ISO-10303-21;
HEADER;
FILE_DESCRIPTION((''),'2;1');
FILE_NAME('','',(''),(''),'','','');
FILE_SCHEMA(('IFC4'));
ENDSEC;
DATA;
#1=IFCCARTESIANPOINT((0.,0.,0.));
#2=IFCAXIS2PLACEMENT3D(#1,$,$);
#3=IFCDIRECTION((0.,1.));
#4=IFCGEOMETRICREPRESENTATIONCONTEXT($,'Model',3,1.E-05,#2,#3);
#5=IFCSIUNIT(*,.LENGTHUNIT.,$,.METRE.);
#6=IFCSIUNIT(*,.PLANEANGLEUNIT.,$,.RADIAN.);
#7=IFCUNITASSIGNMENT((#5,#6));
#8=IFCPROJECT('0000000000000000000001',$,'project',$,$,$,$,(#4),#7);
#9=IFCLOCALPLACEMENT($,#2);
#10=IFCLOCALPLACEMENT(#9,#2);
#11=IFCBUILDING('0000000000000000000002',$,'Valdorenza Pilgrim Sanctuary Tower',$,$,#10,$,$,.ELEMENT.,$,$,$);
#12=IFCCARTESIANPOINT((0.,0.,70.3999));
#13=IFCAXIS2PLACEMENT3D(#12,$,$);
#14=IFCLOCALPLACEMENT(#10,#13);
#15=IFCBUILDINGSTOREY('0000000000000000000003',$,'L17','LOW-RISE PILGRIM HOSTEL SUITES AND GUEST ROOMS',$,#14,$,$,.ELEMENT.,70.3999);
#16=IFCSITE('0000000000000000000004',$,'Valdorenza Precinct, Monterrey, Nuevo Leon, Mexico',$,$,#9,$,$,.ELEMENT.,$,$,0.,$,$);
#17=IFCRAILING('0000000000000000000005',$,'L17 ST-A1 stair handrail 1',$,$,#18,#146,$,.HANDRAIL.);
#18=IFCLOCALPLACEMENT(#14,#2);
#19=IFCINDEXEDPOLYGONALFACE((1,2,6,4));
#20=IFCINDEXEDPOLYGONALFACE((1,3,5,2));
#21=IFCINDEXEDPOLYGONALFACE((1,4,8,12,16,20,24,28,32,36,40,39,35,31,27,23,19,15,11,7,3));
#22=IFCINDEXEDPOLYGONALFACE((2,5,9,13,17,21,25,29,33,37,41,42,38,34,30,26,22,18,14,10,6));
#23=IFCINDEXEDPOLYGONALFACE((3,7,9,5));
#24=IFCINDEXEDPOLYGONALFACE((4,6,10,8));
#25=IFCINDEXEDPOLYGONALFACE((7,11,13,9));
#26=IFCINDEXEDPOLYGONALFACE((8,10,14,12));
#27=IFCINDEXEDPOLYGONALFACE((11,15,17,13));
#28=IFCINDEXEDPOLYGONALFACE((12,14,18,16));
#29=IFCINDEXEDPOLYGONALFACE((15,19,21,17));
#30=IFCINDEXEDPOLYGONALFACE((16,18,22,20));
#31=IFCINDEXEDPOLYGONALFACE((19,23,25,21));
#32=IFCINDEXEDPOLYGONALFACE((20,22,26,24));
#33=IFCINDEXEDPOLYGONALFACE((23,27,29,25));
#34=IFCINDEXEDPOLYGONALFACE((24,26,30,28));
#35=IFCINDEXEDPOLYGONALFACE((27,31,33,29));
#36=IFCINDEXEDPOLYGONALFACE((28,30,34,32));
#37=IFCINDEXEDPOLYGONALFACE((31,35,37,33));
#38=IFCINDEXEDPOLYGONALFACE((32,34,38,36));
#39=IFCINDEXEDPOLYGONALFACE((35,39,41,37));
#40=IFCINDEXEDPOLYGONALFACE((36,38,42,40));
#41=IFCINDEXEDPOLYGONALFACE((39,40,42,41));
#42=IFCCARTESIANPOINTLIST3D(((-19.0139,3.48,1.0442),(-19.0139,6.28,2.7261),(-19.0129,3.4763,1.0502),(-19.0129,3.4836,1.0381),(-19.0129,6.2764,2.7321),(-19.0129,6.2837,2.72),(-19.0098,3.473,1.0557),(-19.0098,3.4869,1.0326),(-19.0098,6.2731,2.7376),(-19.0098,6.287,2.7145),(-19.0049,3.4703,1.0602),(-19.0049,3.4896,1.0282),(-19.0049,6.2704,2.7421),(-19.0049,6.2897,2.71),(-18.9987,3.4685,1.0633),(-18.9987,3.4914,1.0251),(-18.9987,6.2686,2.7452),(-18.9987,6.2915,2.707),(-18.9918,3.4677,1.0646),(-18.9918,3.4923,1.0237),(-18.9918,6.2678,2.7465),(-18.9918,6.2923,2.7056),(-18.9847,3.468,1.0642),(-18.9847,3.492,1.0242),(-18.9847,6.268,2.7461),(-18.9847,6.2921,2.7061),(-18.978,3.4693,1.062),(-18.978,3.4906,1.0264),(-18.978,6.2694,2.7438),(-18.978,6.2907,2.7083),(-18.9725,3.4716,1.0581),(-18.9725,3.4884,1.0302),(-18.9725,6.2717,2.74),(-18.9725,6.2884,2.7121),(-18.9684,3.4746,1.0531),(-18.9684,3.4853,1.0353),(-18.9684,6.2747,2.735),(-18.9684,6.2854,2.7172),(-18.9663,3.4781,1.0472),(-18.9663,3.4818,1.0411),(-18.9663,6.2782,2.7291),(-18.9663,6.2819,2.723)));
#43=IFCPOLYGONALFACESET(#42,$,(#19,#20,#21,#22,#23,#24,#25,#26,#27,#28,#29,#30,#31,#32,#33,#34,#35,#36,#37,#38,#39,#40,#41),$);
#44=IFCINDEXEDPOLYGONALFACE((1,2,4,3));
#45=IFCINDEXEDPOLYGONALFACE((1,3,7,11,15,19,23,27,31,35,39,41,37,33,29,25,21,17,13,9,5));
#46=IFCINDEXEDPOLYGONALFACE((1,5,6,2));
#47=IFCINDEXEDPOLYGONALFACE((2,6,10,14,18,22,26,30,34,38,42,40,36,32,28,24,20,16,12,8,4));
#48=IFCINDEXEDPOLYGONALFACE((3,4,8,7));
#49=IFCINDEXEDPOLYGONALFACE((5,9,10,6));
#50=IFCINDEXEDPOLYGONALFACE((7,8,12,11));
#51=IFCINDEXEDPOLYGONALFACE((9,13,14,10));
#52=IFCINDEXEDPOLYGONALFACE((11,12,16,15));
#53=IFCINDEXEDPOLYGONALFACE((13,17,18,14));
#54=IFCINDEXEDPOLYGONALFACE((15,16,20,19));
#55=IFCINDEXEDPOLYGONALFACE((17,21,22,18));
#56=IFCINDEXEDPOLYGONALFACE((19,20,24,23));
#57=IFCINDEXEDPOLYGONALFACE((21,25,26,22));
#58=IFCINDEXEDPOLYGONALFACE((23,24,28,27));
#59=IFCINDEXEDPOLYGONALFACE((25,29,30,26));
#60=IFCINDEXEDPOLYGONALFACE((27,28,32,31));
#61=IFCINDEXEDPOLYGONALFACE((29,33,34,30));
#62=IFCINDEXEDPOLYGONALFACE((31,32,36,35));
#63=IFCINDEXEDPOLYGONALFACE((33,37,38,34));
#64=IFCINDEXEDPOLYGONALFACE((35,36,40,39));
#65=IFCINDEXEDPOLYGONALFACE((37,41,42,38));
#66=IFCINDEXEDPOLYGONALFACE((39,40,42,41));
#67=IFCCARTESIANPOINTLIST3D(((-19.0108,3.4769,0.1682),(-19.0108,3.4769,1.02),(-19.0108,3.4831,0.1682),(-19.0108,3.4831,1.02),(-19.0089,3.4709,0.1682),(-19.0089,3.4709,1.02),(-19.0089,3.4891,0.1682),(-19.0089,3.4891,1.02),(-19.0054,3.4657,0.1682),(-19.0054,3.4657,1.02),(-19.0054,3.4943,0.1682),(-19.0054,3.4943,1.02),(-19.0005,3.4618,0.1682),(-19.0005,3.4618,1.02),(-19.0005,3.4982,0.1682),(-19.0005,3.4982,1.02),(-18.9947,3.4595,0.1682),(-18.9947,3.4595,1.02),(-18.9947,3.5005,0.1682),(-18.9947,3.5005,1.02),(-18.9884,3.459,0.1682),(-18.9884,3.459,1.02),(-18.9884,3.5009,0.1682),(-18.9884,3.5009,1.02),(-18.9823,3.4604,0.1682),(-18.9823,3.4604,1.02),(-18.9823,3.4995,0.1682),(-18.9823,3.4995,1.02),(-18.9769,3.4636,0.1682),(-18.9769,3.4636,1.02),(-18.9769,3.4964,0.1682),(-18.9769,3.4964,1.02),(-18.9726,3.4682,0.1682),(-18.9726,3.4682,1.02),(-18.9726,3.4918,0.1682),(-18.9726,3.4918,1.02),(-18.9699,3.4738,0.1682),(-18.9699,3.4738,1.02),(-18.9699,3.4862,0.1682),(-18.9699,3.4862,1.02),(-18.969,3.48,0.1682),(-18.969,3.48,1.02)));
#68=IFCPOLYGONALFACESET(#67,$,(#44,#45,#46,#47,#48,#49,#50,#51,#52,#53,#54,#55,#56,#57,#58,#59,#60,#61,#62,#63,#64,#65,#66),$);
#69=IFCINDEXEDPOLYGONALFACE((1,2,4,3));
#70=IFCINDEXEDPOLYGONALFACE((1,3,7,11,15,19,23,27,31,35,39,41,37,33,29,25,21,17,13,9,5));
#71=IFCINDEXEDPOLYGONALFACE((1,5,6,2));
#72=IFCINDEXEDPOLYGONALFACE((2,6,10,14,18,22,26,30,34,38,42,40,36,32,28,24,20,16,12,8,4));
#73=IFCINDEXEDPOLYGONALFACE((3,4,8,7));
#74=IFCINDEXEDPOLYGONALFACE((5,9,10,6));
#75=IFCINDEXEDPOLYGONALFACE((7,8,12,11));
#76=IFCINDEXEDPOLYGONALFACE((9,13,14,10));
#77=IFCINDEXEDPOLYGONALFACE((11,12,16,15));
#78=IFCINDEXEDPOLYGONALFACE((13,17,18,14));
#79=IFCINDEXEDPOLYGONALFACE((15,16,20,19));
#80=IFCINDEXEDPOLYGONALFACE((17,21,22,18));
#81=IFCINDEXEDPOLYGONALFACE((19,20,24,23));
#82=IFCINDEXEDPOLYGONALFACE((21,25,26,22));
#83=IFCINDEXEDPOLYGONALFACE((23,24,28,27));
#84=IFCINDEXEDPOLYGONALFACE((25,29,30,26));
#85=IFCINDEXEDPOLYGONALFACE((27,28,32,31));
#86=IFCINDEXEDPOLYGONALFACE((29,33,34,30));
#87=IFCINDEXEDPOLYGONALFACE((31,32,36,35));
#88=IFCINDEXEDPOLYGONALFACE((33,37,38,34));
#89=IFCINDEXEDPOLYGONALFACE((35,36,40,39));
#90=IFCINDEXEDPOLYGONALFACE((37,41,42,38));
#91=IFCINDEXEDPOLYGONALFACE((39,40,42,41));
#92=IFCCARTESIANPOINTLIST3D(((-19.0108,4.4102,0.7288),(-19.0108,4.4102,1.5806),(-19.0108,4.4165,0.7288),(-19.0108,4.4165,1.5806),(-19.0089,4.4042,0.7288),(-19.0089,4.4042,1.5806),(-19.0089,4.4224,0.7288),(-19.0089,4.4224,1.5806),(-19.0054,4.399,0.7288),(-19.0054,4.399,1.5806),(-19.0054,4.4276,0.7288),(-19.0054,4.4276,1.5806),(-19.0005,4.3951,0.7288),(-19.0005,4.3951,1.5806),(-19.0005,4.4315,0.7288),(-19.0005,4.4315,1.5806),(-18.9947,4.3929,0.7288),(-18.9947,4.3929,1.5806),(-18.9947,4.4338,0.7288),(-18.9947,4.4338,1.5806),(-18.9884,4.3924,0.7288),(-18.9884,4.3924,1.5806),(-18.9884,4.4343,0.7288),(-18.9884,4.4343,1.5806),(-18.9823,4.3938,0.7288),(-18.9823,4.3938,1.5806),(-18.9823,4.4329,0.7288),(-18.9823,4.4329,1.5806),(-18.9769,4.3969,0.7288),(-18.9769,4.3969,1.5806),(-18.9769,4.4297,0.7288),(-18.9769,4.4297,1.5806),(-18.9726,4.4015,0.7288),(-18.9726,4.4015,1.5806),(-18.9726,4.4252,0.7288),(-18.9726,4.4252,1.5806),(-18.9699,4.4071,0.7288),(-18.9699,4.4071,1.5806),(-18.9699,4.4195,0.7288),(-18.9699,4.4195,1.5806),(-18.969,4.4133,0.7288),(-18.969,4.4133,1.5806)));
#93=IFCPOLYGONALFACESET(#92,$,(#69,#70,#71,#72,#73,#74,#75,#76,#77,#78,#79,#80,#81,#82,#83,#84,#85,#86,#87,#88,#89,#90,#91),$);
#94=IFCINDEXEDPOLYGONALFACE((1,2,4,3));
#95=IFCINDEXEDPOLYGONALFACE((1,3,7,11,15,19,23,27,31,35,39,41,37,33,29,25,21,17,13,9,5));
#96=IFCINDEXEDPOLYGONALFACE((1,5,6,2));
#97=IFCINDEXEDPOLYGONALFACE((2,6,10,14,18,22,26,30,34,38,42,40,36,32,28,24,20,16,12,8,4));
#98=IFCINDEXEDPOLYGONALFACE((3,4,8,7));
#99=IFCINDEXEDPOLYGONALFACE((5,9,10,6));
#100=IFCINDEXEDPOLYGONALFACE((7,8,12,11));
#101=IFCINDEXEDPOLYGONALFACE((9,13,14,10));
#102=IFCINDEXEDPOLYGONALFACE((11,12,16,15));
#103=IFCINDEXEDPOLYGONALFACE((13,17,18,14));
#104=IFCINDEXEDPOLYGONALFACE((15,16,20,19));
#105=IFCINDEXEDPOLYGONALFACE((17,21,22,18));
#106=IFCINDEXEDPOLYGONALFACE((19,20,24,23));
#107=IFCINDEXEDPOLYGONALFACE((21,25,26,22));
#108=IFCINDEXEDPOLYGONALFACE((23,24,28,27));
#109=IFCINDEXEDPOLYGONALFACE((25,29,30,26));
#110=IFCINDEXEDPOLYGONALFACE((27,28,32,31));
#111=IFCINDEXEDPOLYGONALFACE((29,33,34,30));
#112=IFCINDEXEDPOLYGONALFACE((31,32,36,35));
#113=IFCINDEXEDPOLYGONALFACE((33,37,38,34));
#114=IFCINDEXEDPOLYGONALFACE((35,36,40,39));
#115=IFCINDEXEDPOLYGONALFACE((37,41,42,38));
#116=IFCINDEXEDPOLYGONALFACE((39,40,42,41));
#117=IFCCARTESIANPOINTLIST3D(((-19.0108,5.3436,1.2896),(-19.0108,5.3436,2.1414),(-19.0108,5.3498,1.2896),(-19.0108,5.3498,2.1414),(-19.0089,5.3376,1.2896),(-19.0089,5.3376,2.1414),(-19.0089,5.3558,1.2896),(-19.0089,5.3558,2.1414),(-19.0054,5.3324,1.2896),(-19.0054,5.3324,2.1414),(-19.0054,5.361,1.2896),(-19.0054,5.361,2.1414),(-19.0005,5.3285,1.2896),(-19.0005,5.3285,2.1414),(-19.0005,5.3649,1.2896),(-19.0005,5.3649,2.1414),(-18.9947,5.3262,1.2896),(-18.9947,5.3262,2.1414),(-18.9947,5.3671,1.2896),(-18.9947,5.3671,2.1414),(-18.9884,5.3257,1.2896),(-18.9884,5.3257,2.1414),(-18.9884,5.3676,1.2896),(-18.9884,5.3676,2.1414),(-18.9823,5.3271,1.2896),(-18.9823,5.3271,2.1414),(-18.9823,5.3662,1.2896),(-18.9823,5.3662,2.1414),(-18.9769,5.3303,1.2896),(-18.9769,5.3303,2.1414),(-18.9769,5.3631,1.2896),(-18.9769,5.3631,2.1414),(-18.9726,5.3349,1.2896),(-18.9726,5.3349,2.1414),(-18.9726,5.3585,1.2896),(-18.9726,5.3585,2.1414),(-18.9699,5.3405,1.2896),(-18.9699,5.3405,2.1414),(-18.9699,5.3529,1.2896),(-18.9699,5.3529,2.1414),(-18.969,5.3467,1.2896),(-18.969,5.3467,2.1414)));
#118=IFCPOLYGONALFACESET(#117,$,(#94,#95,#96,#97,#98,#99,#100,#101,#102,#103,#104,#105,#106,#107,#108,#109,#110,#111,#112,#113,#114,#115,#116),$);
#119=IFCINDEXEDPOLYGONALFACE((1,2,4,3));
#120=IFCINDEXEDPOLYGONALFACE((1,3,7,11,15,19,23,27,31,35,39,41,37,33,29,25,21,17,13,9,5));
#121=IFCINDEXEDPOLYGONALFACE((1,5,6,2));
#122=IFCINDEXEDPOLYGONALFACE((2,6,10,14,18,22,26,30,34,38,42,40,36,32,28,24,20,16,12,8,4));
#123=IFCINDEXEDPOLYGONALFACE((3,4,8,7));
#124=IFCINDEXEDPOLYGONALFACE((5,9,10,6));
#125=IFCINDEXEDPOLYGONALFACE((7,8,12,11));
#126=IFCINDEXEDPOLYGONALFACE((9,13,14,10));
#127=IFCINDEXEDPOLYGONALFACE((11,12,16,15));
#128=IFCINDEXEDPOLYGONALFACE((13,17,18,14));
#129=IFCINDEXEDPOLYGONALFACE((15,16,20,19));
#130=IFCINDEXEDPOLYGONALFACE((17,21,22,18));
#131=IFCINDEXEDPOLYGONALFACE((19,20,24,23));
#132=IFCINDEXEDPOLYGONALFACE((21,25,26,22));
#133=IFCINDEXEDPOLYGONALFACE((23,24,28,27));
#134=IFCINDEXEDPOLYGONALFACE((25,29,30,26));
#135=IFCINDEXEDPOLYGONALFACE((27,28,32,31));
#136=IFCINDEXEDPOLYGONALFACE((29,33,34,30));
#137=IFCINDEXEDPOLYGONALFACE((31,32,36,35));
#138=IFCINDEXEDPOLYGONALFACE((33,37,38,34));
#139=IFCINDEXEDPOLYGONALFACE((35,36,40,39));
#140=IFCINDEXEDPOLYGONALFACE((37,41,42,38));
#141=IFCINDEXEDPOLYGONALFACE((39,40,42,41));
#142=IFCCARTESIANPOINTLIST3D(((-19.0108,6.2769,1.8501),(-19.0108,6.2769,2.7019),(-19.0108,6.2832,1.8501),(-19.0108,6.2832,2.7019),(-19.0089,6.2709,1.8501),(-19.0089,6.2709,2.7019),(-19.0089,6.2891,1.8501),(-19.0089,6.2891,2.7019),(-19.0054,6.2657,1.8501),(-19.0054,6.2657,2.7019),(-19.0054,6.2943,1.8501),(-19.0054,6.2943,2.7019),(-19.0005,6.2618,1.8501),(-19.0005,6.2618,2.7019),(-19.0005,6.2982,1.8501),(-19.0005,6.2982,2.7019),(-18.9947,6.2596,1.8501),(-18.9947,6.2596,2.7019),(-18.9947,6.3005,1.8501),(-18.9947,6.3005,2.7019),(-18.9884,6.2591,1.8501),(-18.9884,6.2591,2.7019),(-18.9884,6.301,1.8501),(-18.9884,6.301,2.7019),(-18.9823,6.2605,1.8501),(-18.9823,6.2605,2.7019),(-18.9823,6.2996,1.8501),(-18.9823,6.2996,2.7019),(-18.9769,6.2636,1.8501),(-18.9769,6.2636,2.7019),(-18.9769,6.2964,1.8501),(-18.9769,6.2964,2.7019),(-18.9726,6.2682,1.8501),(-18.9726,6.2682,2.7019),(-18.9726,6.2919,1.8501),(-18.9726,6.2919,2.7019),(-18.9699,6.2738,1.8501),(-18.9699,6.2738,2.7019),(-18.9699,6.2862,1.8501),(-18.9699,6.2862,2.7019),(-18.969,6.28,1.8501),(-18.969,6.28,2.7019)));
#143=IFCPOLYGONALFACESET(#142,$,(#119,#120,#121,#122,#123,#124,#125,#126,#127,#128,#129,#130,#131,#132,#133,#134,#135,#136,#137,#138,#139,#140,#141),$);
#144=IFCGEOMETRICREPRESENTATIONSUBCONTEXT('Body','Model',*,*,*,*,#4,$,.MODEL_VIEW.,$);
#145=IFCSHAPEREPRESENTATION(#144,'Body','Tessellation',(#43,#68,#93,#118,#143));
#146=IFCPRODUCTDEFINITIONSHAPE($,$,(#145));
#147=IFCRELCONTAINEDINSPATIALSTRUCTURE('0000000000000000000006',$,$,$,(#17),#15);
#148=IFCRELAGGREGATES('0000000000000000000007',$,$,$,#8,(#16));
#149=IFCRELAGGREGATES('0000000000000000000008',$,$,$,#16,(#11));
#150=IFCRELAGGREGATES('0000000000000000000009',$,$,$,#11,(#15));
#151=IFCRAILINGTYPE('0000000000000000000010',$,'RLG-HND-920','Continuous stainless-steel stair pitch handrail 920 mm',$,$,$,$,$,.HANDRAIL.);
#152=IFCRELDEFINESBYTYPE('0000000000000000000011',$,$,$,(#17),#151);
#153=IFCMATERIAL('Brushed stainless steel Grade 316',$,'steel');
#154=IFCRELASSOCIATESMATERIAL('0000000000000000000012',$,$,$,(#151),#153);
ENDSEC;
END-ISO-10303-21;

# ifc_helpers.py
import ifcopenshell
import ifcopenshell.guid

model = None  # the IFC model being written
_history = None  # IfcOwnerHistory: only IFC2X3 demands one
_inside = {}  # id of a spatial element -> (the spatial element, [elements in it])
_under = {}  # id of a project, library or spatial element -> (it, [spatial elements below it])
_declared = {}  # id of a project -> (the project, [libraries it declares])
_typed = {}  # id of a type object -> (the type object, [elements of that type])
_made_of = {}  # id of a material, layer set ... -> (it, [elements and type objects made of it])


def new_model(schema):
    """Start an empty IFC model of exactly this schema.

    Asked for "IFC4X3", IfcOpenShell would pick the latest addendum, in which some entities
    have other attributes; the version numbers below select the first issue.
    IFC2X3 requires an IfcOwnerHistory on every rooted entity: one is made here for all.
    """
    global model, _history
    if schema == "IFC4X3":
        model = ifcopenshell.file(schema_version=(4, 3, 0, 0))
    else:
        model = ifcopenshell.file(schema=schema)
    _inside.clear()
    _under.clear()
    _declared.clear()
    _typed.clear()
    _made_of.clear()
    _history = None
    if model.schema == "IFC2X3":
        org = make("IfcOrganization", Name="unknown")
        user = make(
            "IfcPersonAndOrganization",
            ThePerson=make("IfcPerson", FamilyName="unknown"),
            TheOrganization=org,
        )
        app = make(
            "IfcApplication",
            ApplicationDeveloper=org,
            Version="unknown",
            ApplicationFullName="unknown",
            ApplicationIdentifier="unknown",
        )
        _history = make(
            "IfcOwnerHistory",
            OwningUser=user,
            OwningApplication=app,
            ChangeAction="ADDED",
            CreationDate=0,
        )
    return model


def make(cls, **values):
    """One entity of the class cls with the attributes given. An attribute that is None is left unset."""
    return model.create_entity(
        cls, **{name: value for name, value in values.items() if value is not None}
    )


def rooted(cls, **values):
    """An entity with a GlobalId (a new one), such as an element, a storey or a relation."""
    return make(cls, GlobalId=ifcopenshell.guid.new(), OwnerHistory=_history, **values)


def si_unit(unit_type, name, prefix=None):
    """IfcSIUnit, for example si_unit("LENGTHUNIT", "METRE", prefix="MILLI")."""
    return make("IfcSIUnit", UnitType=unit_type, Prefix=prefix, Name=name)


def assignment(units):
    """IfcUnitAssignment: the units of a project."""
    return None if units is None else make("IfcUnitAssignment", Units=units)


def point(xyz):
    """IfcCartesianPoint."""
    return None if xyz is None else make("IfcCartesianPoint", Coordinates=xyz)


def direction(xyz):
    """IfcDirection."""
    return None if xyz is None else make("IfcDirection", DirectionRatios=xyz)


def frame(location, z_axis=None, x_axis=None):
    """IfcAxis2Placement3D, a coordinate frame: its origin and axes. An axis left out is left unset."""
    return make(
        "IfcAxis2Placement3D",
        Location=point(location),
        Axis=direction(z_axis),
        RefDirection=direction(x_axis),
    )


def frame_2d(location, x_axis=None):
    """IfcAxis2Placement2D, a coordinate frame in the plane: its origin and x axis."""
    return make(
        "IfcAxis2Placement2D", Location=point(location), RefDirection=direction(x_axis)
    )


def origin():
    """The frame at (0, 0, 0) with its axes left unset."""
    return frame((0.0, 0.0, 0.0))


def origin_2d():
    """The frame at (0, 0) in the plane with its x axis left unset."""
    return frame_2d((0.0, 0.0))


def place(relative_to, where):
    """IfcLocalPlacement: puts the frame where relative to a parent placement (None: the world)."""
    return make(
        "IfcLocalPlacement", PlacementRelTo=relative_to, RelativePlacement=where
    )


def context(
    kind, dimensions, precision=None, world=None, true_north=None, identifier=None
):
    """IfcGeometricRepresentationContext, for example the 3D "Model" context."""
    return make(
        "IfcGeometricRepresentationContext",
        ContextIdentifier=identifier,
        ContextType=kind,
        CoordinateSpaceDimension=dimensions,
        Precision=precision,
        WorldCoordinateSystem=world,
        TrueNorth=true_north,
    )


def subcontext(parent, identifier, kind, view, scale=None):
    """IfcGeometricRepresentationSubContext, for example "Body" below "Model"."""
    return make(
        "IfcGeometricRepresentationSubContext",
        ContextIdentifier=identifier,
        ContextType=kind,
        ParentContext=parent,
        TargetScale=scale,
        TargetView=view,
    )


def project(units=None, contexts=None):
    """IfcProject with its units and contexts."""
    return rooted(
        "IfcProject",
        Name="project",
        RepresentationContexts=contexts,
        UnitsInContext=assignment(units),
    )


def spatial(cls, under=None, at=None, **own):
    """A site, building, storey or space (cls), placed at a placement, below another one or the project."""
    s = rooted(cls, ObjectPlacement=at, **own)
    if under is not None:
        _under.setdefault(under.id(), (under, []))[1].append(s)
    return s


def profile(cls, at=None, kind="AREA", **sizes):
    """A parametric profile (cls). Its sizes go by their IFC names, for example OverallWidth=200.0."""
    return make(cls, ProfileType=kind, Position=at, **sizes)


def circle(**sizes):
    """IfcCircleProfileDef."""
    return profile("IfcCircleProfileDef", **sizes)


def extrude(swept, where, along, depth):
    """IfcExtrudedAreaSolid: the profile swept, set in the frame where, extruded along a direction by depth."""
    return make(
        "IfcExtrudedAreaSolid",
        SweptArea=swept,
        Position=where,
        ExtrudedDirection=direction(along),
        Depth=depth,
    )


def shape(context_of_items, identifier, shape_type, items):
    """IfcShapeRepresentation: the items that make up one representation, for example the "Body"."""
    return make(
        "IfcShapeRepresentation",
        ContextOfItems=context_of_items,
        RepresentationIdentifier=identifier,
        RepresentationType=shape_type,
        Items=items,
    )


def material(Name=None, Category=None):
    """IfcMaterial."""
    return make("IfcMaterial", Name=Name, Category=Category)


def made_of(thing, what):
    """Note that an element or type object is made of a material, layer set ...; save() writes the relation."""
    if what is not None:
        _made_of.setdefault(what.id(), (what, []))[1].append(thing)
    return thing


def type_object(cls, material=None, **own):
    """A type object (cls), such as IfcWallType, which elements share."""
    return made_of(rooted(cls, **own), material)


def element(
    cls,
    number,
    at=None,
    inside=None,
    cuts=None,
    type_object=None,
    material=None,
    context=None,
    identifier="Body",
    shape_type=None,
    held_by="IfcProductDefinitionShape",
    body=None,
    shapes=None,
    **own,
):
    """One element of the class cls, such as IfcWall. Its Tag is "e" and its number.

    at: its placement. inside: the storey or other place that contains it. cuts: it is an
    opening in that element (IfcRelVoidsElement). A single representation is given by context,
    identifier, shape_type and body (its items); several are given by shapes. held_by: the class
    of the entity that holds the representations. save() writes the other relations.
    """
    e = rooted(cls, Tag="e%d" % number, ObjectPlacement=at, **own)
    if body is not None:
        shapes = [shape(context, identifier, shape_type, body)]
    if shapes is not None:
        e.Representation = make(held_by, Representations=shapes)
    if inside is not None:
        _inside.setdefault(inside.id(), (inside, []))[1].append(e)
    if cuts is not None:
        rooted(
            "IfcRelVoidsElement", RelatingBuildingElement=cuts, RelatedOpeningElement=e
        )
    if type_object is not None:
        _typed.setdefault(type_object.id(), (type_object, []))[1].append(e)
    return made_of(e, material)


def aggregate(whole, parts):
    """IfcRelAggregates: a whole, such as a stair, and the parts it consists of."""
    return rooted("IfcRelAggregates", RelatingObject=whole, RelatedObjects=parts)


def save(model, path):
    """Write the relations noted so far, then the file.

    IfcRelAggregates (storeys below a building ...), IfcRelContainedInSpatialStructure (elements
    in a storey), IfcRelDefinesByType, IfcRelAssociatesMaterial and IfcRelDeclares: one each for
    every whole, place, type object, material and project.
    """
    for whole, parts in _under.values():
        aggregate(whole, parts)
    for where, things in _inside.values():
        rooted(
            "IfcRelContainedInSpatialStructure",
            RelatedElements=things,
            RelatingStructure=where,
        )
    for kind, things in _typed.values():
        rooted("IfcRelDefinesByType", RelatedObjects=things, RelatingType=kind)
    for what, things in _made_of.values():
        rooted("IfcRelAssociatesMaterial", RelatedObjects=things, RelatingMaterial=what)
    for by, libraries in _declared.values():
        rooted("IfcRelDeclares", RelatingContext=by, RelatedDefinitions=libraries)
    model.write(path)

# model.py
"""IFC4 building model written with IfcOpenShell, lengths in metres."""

from ifc_helpers import new_model, si_unit, direction, frame, origin, origin_2d, place, context, subcontext, project, spatial, circle, extrude, material, type_object, element, save


model = new_model("IFC4")

# Units and contexts
model_context = context("Model", 3, precision=1e-05, world=origin(), true_north=direction((0.0, 1.0)))
body_context = subcontext(model_context, "Body", "Model", "MODEL_VIEW")
ifc_project = project(units=[si_unit("LENGTHUNIT", "METRE"), si_unit("PLANEANGLEUNIT", "RADIAN")], contexts=[model_context])

# Site, building, storey
site_placement = place(None, origin())
site = spatial("IfcSite", under=ifc_project, at=site_placement, Name="Valdorenza Precinct, Monterrey, Nuevo Leon, Mexico", CompositionType="ELEMENT", RefElevation=0.0)
building_placement = place(site_placement, origin())
building = spatial("IfcBuilding", under=site, at=building_placement, Name="Valdorenza Pilgrim Sanctuary Tower", CompositionType="ELEMENT")
storey_placement = place(building_placement, frame((0.0, 0.0, 70.3999)))
storey = spatial("IfcBuildingStorey", under=building, at=storey_placement, Name="L17", Description="LOW-RISE PILGRIM HOSTEL SUITES AND GUEST ROOMS", CompositionType="ELEMENT", Elevation=70.3999)

# Shared definitions
ifc_material_1 = material(Name="Brushed stainless steel Grade 316", Category="steel")

# Railing
railing_type_1 = type_object("IfcRailingType", Name="RLG-HND-920", Description="Continuous stainless-steel stair pitch handrail 920 mm", PredefinedType="HANDRAIL", material=ifc_material_1)
railing_1_placement = place(storey_placement, frame((-18.99, 3.48, 0.1682)))
element("IfcRailing", 1, at=railing_1_placement, inside=storey, type_object=railing_type_1, Name="L17 ST-A1 stair handrail 1", PredefinedType="HANDRAIL", context=body_context, shape_type="SweptSolid", body=[
    extrude(circle(Radius=0.0239, at=origin_2d()), frame((0.0, 0.0, 0.876), z_axis=(0.0, 0.857242, 0.514913), x_axis=(-1.0, 0.0, 0.0)), (0.0, 0.0, 1.0), 3.2664),
    extrude(circle(Radius=0.021, at=origin_2d()), origin(), (0.0, 0.0, 1.0), 0.8518),
    extrude(circle(Radius=0.021, at=origin_2d()), frame((0.0, 0.9333, 0.5605)), (0.0, 0.0, 1.0), 0.8518),
    extrude(circle(Radius=0.021, at=origin_2d()), frame((0.0, 1.8667, 1.1213)), (0.0, 0.0, 1.0), 0.8518),
    extrude(circle(Radius=0.021, at=origin_2d()), frame((0.0, 2.8, 1.6819)), (0.0, 0.0, 1.0), 0.8518),
])

save(model, "model.ifc")
